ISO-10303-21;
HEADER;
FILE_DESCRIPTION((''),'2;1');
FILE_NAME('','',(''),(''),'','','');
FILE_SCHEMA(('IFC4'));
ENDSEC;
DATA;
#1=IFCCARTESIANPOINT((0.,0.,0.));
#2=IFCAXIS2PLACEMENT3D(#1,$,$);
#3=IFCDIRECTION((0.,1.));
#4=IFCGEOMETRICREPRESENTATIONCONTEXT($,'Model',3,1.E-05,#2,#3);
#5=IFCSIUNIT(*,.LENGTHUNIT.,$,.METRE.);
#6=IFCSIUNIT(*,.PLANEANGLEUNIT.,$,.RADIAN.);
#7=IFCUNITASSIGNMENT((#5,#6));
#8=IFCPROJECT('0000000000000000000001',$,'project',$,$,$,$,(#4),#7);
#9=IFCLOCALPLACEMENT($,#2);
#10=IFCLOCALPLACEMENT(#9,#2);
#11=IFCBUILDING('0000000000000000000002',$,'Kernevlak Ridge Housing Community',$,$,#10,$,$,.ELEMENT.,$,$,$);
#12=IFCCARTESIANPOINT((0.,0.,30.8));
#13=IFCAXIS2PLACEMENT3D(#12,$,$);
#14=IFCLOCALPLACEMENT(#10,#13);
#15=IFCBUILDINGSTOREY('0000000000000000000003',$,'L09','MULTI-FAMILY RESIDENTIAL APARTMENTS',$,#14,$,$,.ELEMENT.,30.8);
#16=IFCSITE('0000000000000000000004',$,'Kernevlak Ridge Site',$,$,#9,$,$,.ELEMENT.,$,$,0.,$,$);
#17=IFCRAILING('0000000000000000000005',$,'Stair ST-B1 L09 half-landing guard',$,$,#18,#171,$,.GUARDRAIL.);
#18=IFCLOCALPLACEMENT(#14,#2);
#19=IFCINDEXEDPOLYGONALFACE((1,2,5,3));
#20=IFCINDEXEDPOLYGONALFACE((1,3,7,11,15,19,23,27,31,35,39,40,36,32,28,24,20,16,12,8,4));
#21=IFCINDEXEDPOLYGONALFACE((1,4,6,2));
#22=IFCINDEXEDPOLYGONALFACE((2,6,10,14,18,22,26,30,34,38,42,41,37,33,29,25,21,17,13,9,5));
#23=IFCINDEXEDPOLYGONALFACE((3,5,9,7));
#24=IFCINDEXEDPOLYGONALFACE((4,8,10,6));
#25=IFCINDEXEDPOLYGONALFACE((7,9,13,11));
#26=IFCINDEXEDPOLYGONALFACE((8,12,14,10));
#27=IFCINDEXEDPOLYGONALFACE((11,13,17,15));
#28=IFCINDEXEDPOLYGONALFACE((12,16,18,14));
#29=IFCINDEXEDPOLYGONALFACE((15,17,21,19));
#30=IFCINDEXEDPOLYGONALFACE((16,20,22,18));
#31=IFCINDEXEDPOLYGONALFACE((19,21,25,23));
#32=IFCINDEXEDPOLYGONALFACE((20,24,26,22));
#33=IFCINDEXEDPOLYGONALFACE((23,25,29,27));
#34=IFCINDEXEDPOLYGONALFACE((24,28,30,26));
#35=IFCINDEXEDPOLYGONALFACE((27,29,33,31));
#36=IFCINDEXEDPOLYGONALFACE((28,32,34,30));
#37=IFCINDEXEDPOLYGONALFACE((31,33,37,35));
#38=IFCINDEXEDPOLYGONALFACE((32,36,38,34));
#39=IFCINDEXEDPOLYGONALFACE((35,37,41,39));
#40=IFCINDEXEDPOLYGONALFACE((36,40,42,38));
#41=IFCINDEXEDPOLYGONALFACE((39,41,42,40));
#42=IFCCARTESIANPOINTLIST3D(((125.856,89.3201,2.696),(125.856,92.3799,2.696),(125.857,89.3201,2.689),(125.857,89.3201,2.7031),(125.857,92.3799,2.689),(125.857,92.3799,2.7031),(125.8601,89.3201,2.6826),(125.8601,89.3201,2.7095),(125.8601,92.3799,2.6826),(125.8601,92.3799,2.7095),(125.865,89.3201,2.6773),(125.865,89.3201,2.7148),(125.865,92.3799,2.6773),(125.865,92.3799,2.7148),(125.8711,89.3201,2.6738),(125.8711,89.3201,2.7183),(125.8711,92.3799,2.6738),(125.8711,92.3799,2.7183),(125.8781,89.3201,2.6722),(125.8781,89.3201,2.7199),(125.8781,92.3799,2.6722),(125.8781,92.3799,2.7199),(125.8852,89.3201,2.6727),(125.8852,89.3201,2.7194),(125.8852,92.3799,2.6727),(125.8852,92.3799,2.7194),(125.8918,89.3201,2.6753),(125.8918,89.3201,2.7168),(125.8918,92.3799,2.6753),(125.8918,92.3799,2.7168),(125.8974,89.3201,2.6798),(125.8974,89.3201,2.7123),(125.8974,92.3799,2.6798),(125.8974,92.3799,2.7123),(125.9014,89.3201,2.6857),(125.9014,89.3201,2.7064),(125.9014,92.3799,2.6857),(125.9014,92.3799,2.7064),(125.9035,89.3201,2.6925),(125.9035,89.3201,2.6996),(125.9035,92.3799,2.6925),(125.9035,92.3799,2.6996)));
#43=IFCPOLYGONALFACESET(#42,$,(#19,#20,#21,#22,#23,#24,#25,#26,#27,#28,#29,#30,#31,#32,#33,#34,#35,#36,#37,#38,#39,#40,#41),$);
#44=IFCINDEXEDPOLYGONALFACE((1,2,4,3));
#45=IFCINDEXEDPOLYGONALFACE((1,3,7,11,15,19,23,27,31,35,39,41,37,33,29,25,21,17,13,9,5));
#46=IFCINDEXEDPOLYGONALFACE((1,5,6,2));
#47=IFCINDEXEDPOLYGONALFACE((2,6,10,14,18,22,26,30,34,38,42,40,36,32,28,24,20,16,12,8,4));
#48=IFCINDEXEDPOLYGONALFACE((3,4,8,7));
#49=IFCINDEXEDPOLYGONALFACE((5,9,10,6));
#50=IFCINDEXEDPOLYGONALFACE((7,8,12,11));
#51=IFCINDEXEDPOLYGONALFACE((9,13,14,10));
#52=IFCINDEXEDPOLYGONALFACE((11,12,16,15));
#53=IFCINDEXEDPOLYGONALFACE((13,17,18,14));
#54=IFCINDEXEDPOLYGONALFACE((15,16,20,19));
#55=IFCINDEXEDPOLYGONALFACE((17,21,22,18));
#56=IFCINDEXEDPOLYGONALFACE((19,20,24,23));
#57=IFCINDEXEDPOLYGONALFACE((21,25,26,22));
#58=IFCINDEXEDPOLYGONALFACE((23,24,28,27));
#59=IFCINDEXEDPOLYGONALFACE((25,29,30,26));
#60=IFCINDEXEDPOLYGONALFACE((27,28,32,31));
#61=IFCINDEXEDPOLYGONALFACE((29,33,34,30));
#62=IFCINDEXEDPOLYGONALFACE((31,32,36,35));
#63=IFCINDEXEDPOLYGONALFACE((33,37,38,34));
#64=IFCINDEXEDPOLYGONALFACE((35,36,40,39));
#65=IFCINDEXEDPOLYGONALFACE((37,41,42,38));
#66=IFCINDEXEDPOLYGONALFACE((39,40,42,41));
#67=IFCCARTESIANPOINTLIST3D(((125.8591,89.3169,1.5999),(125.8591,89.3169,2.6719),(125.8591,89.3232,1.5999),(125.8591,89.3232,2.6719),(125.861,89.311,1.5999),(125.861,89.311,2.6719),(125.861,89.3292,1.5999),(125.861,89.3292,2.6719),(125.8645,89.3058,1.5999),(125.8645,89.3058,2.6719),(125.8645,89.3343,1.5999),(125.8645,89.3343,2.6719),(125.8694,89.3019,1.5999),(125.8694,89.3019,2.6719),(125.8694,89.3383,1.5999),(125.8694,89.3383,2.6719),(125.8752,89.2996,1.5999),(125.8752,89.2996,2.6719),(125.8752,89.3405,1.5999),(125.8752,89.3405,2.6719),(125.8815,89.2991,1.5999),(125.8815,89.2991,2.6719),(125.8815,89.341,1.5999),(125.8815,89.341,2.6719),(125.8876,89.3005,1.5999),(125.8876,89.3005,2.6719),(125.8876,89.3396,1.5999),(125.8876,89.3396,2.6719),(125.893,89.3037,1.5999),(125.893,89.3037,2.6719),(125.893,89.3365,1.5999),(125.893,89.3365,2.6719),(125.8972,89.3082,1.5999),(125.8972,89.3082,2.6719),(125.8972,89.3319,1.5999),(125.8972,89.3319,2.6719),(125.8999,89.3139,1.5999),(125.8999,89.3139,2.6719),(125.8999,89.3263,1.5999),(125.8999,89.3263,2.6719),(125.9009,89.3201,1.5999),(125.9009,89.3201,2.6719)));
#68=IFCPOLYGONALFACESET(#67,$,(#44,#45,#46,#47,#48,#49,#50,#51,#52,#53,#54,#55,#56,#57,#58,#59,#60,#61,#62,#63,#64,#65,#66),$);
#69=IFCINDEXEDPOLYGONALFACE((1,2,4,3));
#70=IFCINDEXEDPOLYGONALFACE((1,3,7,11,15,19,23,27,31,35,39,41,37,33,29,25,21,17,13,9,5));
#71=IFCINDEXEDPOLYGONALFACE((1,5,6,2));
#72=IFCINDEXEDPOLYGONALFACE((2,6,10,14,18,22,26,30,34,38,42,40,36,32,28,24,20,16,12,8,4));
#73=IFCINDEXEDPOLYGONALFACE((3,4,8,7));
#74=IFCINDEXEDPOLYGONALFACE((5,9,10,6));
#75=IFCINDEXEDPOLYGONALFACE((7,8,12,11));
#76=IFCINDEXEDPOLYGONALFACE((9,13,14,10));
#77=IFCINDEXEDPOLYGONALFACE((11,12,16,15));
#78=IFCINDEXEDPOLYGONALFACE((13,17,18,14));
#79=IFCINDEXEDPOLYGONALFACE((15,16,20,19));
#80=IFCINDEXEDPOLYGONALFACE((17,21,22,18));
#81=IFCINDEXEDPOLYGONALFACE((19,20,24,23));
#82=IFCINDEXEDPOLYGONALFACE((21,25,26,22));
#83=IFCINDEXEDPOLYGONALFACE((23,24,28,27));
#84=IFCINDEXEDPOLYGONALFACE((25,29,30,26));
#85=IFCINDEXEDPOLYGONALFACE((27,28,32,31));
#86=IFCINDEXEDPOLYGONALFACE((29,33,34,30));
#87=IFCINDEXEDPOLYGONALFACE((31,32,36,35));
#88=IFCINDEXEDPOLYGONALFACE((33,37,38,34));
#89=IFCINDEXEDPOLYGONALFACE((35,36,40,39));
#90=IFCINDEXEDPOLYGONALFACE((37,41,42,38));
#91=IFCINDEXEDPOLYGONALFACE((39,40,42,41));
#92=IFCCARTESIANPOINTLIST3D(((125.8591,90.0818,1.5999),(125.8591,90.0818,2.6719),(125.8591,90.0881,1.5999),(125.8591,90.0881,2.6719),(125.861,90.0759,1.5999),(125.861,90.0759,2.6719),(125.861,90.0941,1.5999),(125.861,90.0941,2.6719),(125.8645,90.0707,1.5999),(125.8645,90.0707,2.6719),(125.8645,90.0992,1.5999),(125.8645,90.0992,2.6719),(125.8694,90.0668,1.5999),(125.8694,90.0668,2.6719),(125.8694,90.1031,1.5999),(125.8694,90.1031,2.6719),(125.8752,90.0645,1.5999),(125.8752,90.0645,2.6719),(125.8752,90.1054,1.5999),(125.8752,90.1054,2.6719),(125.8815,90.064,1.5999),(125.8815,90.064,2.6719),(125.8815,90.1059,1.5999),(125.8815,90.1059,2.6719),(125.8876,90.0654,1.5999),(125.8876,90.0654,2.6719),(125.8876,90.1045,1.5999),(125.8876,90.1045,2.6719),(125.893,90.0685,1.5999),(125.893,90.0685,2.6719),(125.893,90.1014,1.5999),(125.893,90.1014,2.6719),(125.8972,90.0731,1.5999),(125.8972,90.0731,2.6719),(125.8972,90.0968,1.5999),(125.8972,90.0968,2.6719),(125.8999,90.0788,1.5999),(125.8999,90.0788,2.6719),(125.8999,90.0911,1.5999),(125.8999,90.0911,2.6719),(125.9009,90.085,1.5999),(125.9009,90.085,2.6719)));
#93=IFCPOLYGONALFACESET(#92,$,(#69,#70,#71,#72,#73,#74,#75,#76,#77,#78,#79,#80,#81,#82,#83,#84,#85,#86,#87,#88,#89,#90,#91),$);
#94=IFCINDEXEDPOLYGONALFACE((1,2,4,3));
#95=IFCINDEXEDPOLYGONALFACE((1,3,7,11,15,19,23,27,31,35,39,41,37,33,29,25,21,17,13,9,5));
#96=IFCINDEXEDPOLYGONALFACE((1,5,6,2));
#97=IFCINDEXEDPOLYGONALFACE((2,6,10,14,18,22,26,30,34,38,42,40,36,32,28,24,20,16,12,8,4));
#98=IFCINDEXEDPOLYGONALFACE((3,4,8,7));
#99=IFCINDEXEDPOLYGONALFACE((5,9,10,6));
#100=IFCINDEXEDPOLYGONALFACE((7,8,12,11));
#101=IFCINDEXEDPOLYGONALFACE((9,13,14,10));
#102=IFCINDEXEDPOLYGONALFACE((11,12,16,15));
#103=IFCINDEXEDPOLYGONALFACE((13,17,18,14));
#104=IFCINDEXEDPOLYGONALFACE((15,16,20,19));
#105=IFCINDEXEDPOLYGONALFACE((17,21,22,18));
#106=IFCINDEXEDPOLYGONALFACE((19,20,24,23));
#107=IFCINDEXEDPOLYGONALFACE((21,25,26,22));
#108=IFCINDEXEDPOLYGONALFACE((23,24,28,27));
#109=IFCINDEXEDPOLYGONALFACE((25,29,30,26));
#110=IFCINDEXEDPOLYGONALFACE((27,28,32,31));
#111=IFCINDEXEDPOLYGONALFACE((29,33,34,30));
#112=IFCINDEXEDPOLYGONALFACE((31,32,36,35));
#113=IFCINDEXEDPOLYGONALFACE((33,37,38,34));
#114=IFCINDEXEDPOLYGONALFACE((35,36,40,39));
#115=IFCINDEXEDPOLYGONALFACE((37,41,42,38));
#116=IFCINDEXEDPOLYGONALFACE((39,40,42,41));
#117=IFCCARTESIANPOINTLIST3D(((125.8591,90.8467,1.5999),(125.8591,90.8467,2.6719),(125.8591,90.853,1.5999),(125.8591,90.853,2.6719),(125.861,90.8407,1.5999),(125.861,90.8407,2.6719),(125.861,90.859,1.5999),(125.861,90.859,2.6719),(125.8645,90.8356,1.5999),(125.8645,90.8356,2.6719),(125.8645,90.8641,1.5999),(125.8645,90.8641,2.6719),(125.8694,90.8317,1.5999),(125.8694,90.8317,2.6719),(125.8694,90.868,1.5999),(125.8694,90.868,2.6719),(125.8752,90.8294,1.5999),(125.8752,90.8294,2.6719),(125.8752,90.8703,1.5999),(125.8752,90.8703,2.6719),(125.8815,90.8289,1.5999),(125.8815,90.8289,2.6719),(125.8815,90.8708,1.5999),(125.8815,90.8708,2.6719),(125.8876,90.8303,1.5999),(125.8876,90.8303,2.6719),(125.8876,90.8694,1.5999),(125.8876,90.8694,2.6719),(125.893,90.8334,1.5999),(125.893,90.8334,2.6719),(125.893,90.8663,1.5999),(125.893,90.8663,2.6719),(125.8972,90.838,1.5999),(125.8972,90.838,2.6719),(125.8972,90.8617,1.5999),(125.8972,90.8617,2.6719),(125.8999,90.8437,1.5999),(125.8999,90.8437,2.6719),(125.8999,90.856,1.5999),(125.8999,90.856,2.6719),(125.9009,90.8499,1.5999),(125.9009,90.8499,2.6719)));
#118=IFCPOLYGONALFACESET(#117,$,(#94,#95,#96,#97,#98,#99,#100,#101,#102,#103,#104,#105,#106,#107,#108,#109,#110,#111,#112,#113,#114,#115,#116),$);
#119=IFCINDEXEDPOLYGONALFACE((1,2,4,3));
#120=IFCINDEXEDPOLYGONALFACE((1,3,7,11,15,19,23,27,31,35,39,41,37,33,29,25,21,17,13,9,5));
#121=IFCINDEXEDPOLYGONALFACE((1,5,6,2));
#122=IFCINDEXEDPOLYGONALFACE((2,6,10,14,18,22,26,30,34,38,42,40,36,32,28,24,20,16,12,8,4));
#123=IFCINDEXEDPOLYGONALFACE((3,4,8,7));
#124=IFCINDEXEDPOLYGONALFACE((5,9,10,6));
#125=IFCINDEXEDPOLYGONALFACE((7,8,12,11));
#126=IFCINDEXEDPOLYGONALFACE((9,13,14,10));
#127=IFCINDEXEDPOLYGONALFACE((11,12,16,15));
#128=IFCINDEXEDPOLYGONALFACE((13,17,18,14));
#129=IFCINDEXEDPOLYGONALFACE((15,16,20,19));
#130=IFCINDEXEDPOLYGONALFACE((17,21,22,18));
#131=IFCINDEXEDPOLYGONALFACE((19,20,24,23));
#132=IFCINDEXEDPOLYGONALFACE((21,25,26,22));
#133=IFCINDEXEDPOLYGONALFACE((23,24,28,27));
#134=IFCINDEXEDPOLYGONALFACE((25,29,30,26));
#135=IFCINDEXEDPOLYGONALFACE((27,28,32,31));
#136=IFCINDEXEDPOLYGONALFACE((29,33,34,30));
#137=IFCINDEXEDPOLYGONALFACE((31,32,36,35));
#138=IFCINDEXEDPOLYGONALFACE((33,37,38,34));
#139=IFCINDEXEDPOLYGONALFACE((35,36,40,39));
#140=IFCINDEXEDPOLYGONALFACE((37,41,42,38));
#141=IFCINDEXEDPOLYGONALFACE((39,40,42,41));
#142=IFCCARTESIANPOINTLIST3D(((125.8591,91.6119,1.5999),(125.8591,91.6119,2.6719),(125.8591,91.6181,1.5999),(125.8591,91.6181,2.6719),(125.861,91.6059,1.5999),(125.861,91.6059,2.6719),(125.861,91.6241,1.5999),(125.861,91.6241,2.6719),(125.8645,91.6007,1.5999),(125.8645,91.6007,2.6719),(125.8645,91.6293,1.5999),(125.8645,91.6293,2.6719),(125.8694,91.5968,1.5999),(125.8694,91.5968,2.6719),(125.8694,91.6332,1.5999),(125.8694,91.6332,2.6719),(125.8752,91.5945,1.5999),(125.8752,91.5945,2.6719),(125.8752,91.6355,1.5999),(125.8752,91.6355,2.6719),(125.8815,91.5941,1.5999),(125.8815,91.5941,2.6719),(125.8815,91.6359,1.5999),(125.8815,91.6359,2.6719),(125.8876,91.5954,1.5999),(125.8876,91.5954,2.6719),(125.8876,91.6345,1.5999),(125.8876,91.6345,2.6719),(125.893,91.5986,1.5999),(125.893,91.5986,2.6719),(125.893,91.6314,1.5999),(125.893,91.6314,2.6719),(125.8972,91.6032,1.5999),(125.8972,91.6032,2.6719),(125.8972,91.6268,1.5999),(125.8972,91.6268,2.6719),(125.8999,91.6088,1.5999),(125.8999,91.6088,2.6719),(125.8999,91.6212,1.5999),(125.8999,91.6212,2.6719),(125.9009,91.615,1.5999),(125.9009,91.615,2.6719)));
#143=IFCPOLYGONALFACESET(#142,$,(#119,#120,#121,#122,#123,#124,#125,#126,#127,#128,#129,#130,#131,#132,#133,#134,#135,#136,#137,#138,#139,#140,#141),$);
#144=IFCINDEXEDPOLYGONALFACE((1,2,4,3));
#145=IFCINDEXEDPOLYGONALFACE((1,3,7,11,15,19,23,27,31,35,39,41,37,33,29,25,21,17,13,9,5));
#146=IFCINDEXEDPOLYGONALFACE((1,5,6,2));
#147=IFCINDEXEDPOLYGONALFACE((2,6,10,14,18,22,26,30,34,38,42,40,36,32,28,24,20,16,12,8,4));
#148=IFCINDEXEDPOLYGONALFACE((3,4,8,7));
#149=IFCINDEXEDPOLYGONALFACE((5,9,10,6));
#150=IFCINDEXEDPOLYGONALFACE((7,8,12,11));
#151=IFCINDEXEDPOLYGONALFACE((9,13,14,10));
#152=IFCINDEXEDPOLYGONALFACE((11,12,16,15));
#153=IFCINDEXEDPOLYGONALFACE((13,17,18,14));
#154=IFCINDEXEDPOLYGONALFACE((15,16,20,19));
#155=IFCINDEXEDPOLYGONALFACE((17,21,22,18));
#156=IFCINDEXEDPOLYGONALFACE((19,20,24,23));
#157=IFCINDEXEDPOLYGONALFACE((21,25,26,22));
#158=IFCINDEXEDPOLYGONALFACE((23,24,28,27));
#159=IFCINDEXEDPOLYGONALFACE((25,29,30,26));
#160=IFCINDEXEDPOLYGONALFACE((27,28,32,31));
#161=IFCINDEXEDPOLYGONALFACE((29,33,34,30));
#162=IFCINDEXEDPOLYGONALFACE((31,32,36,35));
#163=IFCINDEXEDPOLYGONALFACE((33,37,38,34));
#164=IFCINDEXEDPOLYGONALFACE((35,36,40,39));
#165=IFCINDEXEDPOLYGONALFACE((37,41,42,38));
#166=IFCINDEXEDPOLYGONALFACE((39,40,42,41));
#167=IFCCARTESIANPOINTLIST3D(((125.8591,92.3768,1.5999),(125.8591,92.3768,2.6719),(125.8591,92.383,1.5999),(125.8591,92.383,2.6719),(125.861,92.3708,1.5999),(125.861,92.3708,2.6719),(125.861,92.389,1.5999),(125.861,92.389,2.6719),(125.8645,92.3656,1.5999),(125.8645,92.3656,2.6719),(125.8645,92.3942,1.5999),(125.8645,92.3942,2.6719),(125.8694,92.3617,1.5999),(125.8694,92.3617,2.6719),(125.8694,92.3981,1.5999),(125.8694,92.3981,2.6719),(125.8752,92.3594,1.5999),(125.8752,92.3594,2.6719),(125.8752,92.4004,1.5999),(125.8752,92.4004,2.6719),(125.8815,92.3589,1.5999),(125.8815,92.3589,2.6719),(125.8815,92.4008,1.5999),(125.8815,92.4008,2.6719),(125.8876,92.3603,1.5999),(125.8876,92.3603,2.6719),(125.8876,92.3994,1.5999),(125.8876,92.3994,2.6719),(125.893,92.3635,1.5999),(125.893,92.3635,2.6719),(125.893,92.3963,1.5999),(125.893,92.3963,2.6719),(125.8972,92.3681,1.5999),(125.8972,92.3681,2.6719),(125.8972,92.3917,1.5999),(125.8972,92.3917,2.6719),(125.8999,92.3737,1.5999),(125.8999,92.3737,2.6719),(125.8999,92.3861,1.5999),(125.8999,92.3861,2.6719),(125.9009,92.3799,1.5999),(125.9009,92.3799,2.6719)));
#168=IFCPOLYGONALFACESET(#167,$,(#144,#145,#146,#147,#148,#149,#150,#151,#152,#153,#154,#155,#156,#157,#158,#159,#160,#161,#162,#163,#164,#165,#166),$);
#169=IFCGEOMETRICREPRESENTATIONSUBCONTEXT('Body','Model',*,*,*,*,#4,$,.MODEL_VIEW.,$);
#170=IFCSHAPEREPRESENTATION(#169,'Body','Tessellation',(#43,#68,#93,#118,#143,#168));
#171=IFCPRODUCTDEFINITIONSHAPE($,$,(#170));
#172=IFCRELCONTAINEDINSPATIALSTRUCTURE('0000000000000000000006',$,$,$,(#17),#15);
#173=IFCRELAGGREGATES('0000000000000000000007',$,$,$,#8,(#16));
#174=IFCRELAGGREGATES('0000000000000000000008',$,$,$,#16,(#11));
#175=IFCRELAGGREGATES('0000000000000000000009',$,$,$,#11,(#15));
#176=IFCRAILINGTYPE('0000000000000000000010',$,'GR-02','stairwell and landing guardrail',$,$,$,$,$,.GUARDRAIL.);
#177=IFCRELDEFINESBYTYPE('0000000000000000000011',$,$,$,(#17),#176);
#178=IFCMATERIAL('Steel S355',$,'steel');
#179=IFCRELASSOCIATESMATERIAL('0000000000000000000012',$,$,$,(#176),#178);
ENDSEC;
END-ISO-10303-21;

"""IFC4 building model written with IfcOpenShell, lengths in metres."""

from ifc_helpers import new_model, si_unit, direction, frame, origin, origin_2d, place, context, subcontext, project, spatial, circle, extrude, material, type_object, element, save


model = new_model("IFC4")

# Units and contexts
model_context = context("Model", 3, precision=1e-05, world=origin(), true_north=direction((0.0, 1.0)))
body_context = subcontext(model_context, "Body", "Model", "MODEL_VIEW")
ifc_project = project(units=[si_unit("LENGTHUNIT", "METRE"), si_unit("PLANEANGLEUNIT", "RADIAN")], contexts=[model_context])

# Site, building, storey
site_placement = place(None, origin())
site = spatial("IfcSite", under=ifc_project, at=site_placement, Name="Kernevlak Ridge Site", CompositionType="ELEMENT", RefElevation=0.0)
building_placement = place(site_placement, origin())
building = spatial("IfcBuilding", under=site, at=building_placement, Name="Kernevlak Ridge Housing Community", CompositionType="ELEMENT")
storey_placement = place(building_placement, frame((0.0, 0.0, 30.8)))
storey = spatial("IfcBuildingStorey", under=building, at=storey_placement, Name="L09", Description="MULTI-FAMILY RESIDENTIAL APARTMENTS", CompositionType="ELEMENT", Elevation=30.8)

# Railing
ifc_material_1 = material(Name="Steel S355", Category="steel")
railing_type_1 = type_object("IfcRailingType", Name="GR-02", Description="stairwell and landing guardrail", PredefinedType="GUARDRAIL", material=ifc_material_1)
railing_1_placement = place(storey_placement, frame((125.8799, 89.3201, 1.5999)))
element("IfcRailing", 1, at=railing_1_placement, inside=storey, type_object=railing_type_1, Name="Stair ST-B1 L09 half-landing guard", PredefinedType="GUARDRAIL", context=body_context, shape_type="SweptSolid", body=[
    extrude(circle(Radius=0.0239, at=origin_2d()), frame((0.0, 0.0, 1.0962), z_axis=(0.0, 1.0, 0.0), x_axis=(-1.0, 0.0, 0.0)), (0.0, 0.0, 1.0), 3.0598),
    extrude(circle(Radius=0.021, at=origin_2d()), origin(), (0.0, 0.0, 1.0), 1.072),
    extrude(circle(Radius=0.021, at=origin_2d()), frame((0.0, 0.7649, 0.0)), (0.0, 0.0, 1.0), 1.072),
    extrude(circle(Radius=0.021, at=origin_2d()), frame((0.0, 1.5298, 0.0)), (0.0, 0.0, 1.0), 1.072),
    extrude(circle(Radius=0.021, at=origin_2d()), frame((0.0, 2.2949, 0.0)), (0.0, 0.0, 1.0), 1.072),
    extrude(circle(Radius=0.021, at=origin_2d()), frame((0.0, 3.0598, 0.0)), (0.0, 0.0, 1.0), 1.072),
])

save(model, "model.ifc")
